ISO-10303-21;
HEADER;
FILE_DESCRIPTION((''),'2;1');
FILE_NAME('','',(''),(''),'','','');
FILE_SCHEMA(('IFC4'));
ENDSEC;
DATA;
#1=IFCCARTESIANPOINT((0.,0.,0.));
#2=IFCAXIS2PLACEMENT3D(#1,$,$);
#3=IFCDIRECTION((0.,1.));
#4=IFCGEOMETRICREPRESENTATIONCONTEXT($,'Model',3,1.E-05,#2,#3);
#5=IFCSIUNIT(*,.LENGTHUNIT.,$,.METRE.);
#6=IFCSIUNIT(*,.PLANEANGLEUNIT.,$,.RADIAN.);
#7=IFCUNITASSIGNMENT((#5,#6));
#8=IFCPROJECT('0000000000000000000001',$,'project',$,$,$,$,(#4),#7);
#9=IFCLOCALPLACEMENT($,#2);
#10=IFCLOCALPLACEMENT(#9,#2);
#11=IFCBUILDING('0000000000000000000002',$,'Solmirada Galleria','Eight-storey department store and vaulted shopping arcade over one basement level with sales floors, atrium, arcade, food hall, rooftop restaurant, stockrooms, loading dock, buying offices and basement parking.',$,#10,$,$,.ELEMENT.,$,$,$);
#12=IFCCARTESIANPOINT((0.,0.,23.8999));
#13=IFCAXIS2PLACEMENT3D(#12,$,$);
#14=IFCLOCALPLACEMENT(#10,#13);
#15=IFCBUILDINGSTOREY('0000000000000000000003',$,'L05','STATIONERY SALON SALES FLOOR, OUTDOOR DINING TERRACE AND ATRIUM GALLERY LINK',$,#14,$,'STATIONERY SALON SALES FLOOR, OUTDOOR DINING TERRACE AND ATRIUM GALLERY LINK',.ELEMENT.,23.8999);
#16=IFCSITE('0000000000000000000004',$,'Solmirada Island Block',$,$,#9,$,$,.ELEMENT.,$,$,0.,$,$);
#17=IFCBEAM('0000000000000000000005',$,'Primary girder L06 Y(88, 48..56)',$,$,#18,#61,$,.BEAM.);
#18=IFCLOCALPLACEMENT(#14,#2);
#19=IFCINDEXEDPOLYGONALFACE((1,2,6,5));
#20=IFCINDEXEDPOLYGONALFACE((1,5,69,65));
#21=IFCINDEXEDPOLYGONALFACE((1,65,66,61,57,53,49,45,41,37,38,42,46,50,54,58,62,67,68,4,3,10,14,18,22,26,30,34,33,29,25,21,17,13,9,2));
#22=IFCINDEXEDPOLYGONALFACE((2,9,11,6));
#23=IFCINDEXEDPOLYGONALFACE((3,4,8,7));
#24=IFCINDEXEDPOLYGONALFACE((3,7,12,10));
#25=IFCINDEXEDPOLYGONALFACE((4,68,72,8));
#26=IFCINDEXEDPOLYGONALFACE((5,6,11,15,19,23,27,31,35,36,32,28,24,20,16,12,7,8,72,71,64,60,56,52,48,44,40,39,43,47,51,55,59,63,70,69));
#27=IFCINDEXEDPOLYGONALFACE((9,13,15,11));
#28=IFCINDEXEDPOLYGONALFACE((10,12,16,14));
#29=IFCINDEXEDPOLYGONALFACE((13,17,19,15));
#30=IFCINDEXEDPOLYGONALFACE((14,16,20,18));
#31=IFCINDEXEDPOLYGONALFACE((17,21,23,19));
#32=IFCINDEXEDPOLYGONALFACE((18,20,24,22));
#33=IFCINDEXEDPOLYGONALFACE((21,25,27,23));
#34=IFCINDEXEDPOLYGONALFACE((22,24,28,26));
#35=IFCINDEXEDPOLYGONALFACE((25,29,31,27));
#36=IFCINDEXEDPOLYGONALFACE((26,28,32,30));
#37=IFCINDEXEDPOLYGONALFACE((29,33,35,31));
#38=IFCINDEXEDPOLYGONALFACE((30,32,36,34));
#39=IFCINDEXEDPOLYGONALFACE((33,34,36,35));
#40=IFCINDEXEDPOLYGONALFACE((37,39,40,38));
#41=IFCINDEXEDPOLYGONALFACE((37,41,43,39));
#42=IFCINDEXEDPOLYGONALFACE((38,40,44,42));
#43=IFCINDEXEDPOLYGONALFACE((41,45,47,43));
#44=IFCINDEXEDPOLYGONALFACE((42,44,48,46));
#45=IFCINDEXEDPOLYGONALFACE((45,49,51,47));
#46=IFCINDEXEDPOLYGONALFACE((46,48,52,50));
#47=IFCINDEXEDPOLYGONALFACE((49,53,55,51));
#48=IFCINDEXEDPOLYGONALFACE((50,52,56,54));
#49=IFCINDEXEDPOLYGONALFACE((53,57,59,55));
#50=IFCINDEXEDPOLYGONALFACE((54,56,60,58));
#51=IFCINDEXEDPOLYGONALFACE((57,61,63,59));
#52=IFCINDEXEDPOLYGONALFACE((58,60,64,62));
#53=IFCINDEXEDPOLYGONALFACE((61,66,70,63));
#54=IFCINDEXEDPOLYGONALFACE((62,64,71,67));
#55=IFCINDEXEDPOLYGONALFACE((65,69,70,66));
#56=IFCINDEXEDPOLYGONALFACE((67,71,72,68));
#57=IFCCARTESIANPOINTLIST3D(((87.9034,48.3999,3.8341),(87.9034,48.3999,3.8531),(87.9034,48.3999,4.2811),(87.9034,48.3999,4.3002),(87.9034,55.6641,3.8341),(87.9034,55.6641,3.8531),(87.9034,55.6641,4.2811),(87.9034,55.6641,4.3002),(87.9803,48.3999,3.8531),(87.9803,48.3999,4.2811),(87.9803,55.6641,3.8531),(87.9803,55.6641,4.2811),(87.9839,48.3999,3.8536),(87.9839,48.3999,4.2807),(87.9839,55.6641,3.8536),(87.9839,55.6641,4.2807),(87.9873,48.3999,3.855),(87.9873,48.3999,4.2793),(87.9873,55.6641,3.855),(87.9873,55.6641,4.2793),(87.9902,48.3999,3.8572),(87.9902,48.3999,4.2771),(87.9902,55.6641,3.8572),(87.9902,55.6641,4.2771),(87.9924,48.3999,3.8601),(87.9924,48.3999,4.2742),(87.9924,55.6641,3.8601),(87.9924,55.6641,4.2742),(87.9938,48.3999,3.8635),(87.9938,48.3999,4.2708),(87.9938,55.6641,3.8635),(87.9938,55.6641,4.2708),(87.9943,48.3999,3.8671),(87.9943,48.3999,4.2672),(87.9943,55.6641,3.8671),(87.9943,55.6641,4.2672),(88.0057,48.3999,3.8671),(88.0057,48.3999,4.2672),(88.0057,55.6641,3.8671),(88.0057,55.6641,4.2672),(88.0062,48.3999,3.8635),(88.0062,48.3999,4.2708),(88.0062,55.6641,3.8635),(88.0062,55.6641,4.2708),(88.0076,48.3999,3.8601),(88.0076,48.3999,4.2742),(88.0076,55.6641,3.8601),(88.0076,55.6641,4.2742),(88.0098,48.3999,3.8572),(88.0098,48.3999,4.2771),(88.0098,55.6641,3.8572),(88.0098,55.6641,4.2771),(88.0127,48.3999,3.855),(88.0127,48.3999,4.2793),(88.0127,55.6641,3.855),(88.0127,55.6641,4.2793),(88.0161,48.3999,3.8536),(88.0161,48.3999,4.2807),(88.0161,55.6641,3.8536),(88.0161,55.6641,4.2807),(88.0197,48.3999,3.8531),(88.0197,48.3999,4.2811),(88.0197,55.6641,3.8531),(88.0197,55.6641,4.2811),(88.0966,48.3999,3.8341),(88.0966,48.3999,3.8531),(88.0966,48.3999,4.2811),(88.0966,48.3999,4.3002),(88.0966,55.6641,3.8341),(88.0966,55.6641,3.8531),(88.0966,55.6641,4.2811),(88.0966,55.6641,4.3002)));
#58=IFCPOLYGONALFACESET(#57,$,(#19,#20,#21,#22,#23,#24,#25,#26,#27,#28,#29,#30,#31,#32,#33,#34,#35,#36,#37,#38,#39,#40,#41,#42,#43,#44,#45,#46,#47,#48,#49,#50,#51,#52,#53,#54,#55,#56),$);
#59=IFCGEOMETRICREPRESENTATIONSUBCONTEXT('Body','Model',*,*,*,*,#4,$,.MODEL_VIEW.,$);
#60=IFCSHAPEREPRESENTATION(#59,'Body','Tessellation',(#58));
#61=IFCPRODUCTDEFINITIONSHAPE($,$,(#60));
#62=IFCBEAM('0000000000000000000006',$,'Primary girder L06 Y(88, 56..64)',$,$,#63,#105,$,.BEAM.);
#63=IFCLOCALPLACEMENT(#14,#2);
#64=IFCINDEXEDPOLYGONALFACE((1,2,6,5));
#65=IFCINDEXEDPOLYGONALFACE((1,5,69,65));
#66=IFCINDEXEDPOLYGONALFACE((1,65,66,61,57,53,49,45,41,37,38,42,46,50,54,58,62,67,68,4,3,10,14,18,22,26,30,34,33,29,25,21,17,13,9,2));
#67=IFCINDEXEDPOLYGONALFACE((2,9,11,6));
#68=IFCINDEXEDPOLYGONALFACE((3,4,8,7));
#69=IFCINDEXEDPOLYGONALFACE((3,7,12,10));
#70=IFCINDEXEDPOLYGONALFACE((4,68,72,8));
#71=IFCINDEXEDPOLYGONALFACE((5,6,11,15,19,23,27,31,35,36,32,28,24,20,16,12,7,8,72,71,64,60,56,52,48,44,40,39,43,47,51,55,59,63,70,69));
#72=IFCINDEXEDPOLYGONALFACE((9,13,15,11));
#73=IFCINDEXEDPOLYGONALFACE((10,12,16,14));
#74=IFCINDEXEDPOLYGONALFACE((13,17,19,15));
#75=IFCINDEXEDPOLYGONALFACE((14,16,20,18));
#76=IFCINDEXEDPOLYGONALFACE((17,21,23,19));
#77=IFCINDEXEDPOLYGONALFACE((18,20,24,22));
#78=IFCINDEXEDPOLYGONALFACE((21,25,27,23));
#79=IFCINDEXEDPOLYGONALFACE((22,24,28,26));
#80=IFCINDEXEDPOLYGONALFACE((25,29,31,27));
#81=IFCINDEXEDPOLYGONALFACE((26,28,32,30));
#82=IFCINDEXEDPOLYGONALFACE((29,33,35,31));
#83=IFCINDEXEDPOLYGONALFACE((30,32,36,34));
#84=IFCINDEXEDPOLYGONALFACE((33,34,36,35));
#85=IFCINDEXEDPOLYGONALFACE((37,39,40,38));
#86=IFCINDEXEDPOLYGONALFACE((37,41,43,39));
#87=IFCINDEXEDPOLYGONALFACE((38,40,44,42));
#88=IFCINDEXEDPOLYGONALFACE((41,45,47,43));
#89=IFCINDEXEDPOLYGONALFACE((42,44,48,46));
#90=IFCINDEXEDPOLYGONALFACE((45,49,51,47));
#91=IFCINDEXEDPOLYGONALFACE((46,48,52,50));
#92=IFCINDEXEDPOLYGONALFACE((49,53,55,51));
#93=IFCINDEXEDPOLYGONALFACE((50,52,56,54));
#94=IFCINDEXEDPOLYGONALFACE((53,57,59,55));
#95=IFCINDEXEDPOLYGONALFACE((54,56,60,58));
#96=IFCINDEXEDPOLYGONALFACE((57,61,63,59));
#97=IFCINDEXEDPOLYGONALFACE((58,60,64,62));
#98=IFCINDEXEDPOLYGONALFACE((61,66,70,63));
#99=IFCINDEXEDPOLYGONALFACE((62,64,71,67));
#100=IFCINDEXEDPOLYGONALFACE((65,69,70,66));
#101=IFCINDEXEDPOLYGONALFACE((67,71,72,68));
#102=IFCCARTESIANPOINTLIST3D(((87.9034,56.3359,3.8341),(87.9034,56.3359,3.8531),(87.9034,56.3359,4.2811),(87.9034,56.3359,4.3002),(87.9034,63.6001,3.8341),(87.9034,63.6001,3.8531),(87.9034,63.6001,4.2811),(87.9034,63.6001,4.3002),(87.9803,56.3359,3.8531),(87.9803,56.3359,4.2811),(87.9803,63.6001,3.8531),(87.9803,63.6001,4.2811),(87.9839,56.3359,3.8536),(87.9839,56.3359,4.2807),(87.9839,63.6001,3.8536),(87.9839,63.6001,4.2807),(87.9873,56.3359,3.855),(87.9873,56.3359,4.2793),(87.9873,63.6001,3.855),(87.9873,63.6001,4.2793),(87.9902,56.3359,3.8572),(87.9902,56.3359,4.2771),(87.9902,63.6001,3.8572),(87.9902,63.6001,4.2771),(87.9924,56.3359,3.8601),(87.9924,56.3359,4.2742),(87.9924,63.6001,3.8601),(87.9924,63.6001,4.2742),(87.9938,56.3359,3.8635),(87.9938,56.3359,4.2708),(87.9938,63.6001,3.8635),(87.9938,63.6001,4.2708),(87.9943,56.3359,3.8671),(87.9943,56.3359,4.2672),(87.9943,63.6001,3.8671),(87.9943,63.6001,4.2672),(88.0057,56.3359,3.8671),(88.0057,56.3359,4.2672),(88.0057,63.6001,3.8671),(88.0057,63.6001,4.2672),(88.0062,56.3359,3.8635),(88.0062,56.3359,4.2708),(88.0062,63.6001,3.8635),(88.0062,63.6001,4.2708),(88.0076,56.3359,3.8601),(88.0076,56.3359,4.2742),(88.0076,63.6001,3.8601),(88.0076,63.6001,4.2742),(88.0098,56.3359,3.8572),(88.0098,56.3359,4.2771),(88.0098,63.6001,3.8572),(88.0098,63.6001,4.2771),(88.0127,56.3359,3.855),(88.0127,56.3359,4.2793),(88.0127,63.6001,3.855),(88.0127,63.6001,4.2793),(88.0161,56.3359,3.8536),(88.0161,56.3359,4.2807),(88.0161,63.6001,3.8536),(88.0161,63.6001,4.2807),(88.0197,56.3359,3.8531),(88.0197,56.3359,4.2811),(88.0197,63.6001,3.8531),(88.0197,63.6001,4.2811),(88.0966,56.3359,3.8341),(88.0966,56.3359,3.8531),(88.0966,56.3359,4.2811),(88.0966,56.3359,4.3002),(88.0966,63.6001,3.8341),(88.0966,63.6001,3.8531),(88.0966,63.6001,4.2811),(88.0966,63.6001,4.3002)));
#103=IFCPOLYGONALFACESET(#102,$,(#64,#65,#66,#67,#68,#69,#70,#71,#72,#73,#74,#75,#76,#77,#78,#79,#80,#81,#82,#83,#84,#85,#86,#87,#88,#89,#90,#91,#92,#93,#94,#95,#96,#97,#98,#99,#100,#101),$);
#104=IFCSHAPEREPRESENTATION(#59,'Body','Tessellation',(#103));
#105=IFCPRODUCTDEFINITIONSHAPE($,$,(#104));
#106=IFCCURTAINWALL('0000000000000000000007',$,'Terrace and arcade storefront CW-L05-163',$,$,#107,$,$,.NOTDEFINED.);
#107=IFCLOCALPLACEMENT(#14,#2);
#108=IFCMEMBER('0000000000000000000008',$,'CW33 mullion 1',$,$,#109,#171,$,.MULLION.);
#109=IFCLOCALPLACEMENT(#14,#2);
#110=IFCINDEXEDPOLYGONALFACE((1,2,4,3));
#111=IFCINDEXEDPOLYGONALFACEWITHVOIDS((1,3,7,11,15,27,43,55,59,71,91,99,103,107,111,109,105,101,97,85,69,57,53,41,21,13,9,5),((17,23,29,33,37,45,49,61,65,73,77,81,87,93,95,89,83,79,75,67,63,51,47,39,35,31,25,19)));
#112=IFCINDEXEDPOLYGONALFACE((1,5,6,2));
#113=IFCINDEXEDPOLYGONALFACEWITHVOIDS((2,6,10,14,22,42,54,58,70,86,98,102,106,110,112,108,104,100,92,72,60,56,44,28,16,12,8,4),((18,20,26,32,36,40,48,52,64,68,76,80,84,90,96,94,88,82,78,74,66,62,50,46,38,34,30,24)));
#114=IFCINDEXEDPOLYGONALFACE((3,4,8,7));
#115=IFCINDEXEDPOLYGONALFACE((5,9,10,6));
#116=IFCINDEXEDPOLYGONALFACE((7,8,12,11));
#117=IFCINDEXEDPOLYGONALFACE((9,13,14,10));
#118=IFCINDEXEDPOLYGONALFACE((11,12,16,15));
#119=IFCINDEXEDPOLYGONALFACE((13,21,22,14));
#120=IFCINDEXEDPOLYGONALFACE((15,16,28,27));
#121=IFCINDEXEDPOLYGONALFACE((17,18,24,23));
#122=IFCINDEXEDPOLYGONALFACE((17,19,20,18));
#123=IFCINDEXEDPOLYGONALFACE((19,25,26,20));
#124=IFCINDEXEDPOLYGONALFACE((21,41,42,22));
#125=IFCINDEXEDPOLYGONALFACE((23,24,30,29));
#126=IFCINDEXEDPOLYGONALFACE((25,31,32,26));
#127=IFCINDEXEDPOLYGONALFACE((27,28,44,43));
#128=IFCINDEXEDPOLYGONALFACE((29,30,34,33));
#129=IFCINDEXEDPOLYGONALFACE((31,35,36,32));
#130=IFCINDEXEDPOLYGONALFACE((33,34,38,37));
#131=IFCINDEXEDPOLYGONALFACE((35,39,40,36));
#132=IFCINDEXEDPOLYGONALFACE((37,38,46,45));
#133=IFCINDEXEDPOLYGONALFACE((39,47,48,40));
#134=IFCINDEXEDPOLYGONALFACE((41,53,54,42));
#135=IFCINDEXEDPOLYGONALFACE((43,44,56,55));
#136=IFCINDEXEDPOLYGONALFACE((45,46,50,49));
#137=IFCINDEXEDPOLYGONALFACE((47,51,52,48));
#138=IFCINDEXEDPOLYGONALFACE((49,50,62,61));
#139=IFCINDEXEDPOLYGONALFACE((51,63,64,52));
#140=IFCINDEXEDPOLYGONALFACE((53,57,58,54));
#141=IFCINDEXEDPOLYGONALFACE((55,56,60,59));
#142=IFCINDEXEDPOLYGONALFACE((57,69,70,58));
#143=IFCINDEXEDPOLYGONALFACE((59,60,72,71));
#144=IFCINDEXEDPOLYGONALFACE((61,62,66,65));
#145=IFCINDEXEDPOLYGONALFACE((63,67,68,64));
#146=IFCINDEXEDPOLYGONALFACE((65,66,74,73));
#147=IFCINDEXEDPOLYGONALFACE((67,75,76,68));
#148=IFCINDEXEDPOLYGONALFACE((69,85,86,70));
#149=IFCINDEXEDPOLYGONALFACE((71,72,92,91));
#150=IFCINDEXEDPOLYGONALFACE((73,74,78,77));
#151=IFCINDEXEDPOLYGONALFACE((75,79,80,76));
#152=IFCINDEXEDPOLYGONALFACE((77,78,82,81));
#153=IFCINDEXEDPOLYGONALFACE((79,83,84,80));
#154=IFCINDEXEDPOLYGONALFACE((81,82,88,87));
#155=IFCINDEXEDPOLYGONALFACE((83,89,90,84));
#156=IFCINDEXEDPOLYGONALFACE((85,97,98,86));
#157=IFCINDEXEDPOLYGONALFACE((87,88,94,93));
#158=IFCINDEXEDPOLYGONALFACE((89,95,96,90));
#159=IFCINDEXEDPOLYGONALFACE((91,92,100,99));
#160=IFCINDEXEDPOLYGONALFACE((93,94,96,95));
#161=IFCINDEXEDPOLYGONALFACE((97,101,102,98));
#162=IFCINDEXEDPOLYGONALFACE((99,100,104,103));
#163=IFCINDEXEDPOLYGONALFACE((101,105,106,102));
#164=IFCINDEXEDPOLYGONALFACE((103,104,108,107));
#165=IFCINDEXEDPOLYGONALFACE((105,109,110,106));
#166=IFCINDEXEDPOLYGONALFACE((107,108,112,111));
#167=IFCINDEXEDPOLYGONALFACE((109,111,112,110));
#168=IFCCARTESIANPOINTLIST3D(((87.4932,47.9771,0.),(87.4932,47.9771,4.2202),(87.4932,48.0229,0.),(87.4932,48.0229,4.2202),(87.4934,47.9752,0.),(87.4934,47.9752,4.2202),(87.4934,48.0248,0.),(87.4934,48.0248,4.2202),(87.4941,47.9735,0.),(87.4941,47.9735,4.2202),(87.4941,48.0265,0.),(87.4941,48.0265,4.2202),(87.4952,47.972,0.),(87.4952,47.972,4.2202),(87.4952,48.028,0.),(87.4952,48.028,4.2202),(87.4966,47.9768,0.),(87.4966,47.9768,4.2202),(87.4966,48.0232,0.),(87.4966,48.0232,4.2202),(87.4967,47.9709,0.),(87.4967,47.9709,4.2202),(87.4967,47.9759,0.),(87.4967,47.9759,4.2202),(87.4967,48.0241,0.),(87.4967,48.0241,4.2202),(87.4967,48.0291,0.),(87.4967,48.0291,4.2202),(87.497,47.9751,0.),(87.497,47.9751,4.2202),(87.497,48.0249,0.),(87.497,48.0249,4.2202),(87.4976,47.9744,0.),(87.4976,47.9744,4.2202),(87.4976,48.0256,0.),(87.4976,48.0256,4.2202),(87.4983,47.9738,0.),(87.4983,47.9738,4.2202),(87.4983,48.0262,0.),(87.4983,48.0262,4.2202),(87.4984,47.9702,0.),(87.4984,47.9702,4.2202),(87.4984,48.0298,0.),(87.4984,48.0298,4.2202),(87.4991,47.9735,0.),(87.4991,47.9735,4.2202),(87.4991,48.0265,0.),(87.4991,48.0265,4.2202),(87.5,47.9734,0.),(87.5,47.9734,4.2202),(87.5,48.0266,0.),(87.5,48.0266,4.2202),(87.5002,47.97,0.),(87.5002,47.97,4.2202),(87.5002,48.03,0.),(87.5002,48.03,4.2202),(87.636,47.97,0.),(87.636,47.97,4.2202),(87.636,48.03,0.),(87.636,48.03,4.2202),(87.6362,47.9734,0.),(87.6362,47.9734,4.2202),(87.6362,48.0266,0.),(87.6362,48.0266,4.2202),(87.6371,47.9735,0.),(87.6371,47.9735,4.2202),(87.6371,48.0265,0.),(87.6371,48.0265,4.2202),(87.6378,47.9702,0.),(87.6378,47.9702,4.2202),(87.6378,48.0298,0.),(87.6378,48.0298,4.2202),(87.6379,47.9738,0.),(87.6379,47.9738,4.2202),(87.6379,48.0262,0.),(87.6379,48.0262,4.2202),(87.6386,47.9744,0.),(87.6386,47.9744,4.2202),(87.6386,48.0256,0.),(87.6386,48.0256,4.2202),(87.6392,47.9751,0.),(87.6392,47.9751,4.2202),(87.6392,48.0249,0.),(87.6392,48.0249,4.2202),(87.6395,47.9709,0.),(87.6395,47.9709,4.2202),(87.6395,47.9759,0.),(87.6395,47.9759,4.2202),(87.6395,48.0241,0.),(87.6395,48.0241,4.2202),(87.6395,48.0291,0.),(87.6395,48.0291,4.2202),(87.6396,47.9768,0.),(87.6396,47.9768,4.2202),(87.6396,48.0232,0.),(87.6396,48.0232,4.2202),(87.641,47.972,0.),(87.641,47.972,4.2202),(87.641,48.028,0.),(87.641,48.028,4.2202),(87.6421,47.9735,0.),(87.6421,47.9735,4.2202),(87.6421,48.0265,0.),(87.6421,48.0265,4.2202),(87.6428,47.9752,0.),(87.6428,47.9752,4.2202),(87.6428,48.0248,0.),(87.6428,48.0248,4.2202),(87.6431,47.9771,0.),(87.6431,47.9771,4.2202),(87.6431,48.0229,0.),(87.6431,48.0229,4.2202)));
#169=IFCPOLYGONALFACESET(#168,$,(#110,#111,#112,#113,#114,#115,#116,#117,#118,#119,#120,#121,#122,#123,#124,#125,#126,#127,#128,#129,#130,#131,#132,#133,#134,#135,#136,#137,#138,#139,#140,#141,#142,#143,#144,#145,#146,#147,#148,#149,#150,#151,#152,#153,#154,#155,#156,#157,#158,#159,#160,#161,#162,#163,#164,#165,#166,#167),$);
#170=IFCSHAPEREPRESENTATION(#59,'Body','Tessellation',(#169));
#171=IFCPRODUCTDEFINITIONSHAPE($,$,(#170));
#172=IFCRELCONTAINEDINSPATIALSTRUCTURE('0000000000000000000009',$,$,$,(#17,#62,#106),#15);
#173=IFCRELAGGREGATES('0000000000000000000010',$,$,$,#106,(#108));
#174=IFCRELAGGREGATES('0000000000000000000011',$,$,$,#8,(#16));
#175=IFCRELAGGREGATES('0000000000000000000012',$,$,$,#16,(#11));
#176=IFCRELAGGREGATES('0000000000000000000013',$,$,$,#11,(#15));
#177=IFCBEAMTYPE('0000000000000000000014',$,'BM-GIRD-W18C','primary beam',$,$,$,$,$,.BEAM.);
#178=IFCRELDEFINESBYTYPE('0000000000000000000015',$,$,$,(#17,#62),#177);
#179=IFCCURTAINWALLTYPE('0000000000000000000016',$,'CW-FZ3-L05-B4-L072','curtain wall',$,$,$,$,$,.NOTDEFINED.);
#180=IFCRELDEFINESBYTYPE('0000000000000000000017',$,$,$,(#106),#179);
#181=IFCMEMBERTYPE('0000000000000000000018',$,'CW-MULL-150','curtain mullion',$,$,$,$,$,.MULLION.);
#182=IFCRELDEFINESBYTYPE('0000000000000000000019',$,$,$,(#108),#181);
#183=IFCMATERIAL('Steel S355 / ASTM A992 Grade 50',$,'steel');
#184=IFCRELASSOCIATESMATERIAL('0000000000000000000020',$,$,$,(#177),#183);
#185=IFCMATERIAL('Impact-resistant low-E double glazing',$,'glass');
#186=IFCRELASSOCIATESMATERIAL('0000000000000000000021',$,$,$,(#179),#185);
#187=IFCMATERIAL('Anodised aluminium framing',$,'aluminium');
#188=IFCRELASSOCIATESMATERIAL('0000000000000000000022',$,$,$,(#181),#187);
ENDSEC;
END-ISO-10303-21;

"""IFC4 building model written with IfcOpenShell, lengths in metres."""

from ifc_helpers import new_model, si_unit, direction, frame, origin, origin_2d, place, context, subcontext, project, spatial, hollow_rectangle, i_section, extrude, material, material_profile, profile_set, type_object, element, aggregate, save


model = new_model("IFC4")

# Units and contexts
model_context = context("Model", 3, precision=1e-05, world=origin(), true_north=direction((0.0, 1.0)))
body_context = subcontext(model_context, "Body", "Model", "MODEL_VIEW")
ifc_project = project(units=[si_unit("LENGTHUNIT", "METRE"), si_unit("PLANEANGLEUNIT", "RADIAN")], contexts=[model_context])

# Site, building, storey
site_placement = place(None, origin())
site = spatial("IfcSite", under=ifc_project, at=site_placement, Name="Solmirada Island Block", CompositionType="ELEMENT", RefElevation=0.0)
building_placement = place(site_placement, origin())
building = spatial("IfcBuilding", under=site, at=building_placement, Name="Solmirada Galleria", Description="Eight-storey department store and vaulted shopping arcade over one basement level with sales floors, atrium, arcade, food hall, rooftop restaurant, stockrooms, loading dock, buying offices and basement parking.", CompositionType="ELEMENT")
storey_placement = place(building_placement, frame((0.0, 0.0, 23.8999)))
storey = spatial("IfcBuildingStorey", under=building, at=storey_placement, Name="L05", Description="STATIONERY SALON SALES FLOOR, OUTDOOR DINING TERRACE AND ATRIUM GALLERY LINK", LongName="STATIONERY SALON SALES FLOOR, OUTDOOR DINING TERRACE AND ATRIUM GALLERY LINK", CompositionType="ELEMENT", Elevation=23.8999)

# Beams
ifc_material_1 = material(Name="Steel S355 / ASTM A992 Grade 50", Category="steel")
ifc_material_profile_1 = material_profile(ifc_material_1, i_section(OverallWidth=0.1931, OverallDepth=0.4661, WebThickness=0.0115, FlangeThickness=0.019, FilletRadius=0.0139, at=origin_2d()), Name="W18X65")
ifc_profile_set_1 = profile_set([ifc_material_profile_1], Name="Steel S355 / ASTM A992 Grade 50")
beam_type_1 = type_object("IfcBeamType", Name="BM-GIRD-W18C", Description="primary beam", PredefinedType="BEAM", material=ifc_profile_set_1)
for number, where, z_axis, x_axis, name in (
    (1, (88.0, 48.3999, 4.0671), (0.0, 1.0, 0.0), (-1.0, 0.0, 0.0), "Primary girder L06 Y(88, 48..56)"),
    (2, (88.0, 56.3359, 4.0671), (0.0, 1.0, 0.0), (-1.0, 0.0, 0.0), "Primary girder L06 Y(88, 56..64)"),
):
    element("IfcBeam", number, at=place(storey_placement, frame(where, z_axis=z_axis, x_axis=x_axis)), inside=storey, type_object=beam_type_1, Name=name, PredefinedType="BEAM", context=body_context, shape_type="SweptSolid", body=[
        extrude(i_section(OverallWidth=0.1931, OverallDepth=0.4661, WebThickness=0.0115, FlangeThickness=0.019, FilletRadius=0.0139, at=origin_2d()), origin(), (0.0, 0.0, 1.0), 7.2642),
    ])

# Curtain wall, member
ifc_material_2 = material(Name="Impact-resistant low-E double glazing", Category="glass")
curtain_wall_type = type_object("IfcCurtainWallType", Name="CW-FZ3-L05-B4-L072", Description="curtain wall", PredefinedType="NOTDEFINED", material=ifc_material_2)
curtain_wall_1_placement = place(storey_placement, origin())
curtain_wall_1 = element("IfcCurtainWall", 3, at=curtain_wall_1_placement, inside=storey, type_object=curtain_wall_type, Name="Terrace and arcade storefront CW-L05-163", PredefinedType="NOTDEFINED")
ifc_material_3 = material(Name="Anodised aluminium framing", Category="aluminium")
ifc_material_profile_2 = material_profile(ifc_material_3, hollow_rectangle(XDim=0.0601, YDim=0.1499, WallThickness=0.0034, InnerFilletRadius=0.0034, OuterFilletRadius=0.0071, at=origin_2d()), Name="ALU-MULL-150X60")
ifc_profile_set_2 = profile_set([ifc_material_profile_2], Name="Anodised aluminium framing")
member_type_1 = type_object("IfcMemberType", Name="CW-MULL-150", Description="curtain mullion", PredefinedType="MULLION", material=ifc_profile_set_2)
member_1_placement = place(storey_placement, frame((87.5681, 48.0, 0.0), z_axis=(0.0, 0.0, 1.0), x_axis=(0.0, -1.0, 0.0)))
member_1 = element("IfcMember", 4, at=member_1_placement, type_object=member_type_1, Name="CW33 mullion 1", PredefinedType="MULLION", context=body_context, shape_type="SweptSolid", body=[
    extrude(hollow_rectangle(XDim=0.0601, YDim=0.1499, WallThickness=0.0034, InnerFilletRadius=0.0034, OuterFilletRadius=0.0071, at=origin_2d()), origin(), (0.0, 0.0, 1.0), 4.2202),
])
aggregate(curtain_wall_1, [member_1])

save(model, "model.ifc")
